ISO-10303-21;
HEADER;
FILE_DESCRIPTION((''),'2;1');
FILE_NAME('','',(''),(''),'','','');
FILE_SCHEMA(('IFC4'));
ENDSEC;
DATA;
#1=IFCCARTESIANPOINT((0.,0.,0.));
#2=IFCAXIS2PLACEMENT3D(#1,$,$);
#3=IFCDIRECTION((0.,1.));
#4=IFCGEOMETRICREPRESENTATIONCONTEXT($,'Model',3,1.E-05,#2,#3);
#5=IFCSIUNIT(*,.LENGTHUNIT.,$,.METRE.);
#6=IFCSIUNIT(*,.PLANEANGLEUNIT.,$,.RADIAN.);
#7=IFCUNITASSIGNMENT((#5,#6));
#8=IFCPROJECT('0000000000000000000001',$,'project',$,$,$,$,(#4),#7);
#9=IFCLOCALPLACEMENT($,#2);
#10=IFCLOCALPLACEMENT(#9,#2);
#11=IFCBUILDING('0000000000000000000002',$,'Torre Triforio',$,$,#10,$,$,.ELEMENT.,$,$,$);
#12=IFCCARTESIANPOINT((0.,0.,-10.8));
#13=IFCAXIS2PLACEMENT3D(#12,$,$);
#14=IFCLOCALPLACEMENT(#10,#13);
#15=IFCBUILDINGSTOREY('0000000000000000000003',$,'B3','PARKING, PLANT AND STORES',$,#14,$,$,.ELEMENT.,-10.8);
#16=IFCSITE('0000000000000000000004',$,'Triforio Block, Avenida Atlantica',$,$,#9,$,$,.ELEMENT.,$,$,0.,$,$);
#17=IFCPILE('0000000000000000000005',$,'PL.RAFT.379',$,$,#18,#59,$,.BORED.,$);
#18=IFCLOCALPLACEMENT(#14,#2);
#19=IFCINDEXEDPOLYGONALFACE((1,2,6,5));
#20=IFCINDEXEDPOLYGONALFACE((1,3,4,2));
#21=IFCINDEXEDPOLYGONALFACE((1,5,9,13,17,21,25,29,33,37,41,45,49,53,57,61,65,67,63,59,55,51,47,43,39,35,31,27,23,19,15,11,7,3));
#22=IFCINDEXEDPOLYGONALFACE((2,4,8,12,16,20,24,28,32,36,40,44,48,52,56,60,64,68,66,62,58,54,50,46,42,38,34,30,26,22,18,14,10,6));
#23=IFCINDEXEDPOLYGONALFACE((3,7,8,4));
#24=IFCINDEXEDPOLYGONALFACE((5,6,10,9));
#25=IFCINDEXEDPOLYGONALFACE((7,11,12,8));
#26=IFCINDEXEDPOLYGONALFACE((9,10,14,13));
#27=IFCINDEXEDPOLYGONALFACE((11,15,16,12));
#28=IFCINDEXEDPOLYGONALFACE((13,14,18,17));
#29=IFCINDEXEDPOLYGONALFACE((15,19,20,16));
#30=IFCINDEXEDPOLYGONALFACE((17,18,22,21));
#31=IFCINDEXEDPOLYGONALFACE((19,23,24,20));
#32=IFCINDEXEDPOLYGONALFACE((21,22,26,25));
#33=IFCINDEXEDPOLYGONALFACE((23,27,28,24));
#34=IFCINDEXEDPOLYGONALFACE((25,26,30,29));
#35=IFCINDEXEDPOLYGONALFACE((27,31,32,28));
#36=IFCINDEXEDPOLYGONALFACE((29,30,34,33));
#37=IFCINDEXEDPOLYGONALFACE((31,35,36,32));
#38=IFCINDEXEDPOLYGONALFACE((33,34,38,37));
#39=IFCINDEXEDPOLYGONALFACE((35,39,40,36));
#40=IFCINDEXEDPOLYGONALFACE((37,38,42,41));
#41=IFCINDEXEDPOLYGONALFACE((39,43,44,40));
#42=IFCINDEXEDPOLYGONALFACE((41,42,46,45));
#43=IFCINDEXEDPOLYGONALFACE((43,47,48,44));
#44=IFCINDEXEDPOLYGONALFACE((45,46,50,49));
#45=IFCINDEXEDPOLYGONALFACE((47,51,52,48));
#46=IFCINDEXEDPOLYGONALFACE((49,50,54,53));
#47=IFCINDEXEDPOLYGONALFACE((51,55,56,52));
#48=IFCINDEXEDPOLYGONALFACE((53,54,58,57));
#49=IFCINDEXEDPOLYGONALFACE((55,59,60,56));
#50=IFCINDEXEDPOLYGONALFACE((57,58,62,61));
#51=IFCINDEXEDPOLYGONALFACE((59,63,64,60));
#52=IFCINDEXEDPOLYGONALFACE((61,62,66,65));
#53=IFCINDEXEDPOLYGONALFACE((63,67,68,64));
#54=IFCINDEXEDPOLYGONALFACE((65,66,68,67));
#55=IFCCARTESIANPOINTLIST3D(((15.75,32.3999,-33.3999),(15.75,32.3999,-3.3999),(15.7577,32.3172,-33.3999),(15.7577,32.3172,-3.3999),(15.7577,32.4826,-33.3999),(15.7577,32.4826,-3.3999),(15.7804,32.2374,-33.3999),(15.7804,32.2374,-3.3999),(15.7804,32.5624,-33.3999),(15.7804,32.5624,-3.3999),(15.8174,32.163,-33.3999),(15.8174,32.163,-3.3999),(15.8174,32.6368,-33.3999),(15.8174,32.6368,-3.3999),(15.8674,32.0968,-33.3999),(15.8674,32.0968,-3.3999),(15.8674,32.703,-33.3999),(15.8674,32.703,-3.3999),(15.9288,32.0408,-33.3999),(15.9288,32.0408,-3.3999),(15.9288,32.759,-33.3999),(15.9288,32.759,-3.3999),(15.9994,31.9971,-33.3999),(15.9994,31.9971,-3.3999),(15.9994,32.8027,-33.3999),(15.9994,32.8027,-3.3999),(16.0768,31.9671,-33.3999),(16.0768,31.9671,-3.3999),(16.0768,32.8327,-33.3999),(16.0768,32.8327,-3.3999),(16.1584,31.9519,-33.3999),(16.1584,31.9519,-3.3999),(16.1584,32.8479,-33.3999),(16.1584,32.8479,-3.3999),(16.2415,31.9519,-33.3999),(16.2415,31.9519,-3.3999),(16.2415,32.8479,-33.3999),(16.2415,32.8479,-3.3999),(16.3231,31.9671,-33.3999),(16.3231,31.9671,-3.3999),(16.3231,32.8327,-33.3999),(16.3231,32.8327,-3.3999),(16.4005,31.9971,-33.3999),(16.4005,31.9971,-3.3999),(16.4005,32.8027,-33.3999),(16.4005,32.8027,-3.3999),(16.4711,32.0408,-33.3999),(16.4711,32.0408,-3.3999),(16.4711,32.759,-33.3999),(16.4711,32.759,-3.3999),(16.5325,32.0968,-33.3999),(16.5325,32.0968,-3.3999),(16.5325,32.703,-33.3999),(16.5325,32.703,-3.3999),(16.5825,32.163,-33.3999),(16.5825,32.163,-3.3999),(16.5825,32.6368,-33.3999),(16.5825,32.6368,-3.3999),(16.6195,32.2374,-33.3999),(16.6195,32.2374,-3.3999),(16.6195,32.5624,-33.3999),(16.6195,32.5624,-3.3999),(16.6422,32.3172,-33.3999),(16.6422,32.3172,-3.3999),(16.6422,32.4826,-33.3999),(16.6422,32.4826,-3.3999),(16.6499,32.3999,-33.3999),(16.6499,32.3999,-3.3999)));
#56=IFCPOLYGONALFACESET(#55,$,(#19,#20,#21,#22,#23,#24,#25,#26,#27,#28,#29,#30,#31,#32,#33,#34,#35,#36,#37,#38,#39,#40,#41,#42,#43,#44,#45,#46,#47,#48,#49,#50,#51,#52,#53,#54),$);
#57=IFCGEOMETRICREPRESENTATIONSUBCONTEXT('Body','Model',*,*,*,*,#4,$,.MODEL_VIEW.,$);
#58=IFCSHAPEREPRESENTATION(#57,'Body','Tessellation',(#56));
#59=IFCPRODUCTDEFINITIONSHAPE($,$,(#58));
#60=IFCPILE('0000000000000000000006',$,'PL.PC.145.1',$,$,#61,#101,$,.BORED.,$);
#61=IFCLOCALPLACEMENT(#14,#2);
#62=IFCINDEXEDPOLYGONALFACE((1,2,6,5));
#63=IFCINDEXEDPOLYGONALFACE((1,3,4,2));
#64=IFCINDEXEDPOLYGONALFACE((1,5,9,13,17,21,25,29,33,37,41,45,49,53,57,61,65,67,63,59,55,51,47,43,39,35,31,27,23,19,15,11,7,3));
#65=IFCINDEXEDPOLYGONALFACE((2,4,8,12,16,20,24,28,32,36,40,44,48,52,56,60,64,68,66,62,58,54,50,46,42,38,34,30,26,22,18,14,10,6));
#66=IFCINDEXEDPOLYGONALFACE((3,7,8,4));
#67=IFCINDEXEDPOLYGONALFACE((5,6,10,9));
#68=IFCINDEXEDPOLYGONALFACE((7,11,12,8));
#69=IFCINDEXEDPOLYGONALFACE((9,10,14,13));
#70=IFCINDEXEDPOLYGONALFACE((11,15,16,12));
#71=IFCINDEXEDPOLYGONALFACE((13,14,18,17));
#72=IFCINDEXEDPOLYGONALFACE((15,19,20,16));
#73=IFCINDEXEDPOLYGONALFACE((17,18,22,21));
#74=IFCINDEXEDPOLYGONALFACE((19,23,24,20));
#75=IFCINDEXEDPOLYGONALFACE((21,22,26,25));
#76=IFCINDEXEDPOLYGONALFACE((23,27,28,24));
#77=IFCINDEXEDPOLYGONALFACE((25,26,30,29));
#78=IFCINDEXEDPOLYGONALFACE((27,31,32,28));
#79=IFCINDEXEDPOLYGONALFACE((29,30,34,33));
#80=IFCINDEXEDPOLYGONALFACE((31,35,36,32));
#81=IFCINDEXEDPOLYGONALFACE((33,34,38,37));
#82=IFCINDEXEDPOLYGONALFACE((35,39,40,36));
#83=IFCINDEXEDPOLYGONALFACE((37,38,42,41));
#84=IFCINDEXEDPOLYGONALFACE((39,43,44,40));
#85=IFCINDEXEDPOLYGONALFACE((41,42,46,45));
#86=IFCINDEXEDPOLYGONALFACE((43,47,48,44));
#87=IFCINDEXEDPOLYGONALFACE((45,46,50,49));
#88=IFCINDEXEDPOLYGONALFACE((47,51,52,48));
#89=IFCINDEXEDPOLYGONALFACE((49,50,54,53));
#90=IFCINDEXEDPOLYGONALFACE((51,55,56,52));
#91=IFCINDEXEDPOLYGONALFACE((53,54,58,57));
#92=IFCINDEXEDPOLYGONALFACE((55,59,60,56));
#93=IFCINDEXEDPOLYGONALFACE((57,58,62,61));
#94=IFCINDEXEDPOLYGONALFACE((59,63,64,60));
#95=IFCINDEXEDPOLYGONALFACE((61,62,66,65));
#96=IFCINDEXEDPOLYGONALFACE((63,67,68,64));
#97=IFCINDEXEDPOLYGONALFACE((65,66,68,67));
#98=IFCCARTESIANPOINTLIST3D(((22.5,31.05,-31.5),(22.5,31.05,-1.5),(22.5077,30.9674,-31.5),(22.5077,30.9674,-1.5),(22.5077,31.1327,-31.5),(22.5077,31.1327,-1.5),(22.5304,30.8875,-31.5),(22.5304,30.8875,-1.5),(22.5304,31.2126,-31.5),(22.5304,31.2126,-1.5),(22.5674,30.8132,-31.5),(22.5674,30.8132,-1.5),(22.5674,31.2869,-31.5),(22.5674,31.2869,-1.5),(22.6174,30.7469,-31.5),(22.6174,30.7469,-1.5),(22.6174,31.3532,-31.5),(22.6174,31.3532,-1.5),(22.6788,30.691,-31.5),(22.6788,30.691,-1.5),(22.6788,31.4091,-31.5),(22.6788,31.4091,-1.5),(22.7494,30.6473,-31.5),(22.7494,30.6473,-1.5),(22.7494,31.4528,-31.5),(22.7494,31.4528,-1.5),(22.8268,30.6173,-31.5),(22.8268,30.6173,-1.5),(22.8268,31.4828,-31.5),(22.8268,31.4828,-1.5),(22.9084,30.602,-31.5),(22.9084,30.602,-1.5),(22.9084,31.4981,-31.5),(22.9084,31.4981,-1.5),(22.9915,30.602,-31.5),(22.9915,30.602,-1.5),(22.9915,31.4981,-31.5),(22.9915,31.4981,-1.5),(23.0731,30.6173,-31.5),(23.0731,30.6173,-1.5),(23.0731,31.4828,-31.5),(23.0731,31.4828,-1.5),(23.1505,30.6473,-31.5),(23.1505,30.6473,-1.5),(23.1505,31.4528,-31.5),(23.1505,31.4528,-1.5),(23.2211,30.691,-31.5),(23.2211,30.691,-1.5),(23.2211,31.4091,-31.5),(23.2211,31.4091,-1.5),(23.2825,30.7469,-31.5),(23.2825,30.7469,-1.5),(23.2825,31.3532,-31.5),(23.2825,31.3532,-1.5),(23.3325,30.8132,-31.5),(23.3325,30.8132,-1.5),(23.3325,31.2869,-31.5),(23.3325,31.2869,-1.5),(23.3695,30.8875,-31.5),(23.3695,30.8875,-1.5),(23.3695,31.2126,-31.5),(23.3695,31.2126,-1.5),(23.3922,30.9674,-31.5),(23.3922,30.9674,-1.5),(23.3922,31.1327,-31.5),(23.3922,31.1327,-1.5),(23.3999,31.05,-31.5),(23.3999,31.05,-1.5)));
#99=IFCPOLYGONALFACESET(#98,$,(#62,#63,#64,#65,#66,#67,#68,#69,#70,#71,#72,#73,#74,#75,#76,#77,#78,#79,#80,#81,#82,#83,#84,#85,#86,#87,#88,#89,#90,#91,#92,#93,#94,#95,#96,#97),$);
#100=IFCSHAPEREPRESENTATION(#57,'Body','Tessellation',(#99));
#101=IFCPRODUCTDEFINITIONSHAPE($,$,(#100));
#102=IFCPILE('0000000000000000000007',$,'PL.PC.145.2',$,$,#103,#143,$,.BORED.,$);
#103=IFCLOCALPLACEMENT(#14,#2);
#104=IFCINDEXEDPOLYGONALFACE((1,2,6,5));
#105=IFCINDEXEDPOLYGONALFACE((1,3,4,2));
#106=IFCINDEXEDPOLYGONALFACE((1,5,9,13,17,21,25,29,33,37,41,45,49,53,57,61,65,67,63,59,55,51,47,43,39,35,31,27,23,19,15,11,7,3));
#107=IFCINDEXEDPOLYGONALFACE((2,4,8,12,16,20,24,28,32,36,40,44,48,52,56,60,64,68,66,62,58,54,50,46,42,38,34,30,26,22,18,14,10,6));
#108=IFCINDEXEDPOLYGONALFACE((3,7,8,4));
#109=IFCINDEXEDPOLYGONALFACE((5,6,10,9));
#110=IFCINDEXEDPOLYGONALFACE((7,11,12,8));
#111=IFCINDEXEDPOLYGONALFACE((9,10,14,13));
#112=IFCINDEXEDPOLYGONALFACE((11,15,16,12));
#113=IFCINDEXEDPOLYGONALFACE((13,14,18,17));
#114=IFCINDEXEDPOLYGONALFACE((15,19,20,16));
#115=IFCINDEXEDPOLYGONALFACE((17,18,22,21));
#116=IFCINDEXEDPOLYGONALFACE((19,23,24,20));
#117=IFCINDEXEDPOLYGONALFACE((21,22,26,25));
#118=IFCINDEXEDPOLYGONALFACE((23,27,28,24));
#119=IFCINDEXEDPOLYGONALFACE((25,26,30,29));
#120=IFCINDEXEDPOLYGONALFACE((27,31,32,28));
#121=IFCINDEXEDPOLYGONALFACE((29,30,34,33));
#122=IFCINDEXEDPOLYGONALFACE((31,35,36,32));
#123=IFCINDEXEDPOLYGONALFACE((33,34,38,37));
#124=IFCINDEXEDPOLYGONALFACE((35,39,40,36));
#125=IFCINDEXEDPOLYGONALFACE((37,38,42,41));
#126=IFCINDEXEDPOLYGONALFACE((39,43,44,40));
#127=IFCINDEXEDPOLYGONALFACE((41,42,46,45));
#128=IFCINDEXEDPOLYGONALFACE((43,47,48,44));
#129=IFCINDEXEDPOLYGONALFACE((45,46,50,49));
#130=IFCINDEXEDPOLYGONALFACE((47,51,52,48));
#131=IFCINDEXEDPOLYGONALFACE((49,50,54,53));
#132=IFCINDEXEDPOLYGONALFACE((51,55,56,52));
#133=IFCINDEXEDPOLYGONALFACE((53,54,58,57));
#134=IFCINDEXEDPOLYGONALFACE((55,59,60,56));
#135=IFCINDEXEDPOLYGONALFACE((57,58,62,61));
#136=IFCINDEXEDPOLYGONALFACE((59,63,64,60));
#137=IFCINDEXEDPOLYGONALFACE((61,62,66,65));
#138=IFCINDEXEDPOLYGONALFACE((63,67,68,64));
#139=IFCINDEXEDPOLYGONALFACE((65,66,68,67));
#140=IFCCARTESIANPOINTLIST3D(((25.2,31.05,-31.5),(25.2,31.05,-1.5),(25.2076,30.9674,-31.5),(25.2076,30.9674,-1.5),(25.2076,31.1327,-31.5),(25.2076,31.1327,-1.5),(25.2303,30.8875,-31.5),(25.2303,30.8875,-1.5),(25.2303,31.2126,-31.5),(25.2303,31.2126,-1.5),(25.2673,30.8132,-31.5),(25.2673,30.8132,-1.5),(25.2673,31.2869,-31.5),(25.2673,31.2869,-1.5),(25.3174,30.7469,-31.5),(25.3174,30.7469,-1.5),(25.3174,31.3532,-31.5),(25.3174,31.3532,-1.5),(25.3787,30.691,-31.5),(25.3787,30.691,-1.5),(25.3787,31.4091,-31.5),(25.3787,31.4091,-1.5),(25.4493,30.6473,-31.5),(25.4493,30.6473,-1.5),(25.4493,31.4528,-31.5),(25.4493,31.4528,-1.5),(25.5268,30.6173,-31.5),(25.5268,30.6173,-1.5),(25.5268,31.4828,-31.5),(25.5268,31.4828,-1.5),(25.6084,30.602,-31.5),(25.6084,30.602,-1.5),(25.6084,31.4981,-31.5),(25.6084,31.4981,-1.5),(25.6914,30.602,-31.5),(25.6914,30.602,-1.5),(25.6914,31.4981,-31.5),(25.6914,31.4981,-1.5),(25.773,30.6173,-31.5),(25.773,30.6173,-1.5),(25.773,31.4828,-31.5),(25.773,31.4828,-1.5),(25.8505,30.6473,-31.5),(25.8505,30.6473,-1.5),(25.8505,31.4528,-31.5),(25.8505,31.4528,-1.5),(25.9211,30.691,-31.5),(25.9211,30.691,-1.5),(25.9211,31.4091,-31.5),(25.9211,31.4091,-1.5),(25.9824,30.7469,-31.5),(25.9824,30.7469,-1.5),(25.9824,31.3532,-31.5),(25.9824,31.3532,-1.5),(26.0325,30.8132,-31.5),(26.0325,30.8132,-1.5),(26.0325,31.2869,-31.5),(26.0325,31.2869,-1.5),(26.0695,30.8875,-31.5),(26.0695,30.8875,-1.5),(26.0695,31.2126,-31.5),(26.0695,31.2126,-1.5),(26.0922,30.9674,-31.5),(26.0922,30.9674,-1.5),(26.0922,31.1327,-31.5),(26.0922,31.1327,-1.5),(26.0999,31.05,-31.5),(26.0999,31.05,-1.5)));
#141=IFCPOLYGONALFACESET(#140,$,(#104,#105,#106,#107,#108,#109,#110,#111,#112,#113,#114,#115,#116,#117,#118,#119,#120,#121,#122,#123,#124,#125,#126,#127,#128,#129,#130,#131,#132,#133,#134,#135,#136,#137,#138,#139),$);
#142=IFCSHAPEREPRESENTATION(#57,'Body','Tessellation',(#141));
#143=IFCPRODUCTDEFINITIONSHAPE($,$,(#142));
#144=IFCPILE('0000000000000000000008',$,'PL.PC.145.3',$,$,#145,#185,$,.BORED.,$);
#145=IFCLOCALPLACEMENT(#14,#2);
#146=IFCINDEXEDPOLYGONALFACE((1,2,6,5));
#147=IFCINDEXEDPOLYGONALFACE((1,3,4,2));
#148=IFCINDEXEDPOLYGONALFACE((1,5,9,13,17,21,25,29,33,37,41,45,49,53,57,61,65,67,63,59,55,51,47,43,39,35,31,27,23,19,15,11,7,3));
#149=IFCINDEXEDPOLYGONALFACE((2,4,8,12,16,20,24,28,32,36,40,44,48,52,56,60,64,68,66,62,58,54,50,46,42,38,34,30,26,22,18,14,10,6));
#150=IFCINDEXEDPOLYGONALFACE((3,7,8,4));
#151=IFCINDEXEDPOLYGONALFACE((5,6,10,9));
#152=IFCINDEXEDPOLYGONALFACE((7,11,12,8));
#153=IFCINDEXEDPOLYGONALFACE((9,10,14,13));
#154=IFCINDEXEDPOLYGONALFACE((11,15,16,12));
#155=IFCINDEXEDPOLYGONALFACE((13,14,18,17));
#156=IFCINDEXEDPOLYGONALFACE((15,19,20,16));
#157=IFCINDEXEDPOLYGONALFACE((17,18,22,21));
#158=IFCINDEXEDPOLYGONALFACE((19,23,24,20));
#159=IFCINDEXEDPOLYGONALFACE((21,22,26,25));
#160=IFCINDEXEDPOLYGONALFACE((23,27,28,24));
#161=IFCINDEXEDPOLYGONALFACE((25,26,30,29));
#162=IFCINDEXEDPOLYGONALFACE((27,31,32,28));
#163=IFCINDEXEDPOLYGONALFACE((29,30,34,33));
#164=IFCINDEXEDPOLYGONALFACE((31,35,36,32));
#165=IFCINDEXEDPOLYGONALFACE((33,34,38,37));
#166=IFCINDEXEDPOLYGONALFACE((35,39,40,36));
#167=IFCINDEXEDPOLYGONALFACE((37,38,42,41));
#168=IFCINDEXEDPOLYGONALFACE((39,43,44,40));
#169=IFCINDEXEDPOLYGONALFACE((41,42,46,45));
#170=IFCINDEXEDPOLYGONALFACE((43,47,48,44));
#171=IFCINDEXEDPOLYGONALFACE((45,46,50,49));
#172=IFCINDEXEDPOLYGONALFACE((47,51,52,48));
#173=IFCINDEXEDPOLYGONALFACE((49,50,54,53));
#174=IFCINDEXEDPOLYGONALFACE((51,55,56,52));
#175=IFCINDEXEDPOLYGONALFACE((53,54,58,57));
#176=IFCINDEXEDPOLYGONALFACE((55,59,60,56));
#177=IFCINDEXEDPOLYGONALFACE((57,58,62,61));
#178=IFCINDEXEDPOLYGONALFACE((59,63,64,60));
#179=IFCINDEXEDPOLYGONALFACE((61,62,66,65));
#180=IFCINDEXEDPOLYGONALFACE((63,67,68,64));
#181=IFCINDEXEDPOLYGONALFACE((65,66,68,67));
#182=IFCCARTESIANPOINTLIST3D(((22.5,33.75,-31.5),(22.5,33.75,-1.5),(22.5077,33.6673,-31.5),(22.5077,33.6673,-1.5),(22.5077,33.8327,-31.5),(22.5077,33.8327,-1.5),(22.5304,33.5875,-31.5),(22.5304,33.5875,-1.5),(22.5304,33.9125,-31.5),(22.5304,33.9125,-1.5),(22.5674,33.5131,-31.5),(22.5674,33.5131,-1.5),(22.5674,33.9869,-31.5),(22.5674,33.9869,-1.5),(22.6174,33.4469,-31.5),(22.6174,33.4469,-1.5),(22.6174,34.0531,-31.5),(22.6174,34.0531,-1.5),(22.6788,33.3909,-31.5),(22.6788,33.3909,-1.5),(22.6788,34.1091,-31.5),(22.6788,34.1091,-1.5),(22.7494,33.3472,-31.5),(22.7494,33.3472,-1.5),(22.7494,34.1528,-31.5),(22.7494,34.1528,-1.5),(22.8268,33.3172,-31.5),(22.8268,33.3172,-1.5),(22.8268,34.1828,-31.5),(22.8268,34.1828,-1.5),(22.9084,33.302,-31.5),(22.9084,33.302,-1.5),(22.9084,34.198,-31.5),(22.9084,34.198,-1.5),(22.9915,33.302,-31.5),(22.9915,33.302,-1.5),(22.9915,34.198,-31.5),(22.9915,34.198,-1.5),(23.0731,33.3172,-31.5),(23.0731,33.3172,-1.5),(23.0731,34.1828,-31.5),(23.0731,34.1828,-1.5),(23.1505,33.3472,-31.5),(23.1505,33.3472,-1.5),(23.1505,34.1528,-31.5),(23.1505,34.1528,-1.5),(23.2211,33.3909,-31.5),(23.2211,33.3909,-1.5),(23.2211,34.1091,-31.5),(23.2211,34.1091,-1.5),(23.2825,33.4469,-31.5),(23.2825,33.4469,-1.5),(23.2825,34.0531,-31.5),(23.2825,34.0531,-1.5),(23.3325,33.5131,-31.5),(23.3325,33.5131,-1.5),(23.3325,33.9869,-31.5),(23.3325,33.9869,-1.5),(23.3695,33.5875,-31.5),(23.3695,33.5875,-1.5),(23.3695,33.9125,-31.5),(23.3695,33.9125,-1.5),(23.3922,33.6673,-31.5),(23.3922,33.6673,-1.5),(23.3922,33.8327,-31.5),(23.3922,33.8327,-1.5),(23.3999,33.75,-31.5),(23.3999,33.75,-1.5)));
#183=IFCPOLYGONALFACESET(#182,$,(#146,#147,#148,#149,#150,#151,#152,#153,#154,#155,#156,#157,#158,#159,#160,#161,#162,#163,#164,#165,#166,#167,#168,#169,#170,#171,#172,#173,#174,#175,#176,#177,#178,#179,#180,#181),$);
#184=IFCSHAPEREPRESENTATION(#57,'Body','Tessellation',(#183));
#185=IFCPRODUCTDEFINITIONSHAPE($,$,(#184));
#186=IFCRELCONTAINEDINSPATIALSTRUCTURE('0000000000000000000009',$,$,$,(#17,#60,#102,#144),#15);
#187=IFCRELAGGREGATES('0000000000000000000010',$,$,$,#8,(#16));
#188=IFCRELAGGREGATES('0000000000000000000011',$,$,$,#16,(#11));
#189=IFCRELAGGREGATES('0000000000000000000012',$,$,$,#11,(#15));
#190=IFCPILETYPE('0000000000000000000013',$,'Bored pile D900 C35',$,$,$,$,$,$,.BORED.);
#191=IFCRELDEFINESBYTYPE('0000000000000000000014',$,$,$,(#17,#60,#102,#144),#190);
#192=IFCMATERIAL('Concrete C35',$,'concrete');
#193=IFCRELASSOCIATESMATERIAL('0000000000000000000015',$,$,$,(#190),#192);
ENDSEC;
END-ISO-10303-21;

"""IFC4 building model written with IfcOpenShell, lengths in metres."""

from ifc_helpers import new_model, si_unit, direction, frame, origin, origin_2d, place, context, subcontext, project, spatial, circle, extrude, material, material_profile, profile_set, type_object, element, save


model = new_model("IFC4")

# Units and contexts
model_context = context("Model", 3, precision=1e-05, world=origin(), true_north=direction((0.0, 1.0)))
body_context = subcontext(model_context, "Body", "Model", "MODEL_VIEW")
ifc_project = project(units=[si_unit("LENGTHUNIT", "METRE"), si_unit("PLANEANGLEUNIT", "RADIAN")], contexts=[model_context])

# Site, building, storey
site_placement = place(None, origin())
site = spatial("IfcSite", under=ifc_project, at=site_placement, Name="Triforio Block, Avenida Atlantica", CompositionType="ELEMENT", RefElevation=0.0)
building_placement = place(site_placement, origin())
building = spatial("IfcBuilding", under=site, at=building_placement, Name="Torre Triforio", CompositionType="ELEMENT")
storey_placement = place(building_placement, frame((0.0, 0.0, -10.8)))
storey = spatial("IfcBuildingStorey", under=building, at=storey_placement, Name="B3", Description="PARKING, PLANT AND STORES", CompositionType="ELEMENT", Elevation=-10.8)

# Piles
ifc_material_1 = material(Name="Concrete C35", Category="concrete")
ifc_material_profile_1 = material_profile(ifc_material_1, circle(Radius=0.45, at=origin_2d()), Name="RC D900")
ifc_profile_set_1 = profile_set([ifc_material_profile_1], Name="Concrete C35")
pile_type = type_object("IfcPileType", Name="Bored pile D900 C35", PredefinedType="BORED", material=ifc_profile_set_1)
for number, where, z_axis, x_axis, name in (
    (1, (16.2, 32.3999, -3.3999), (0.0, 0.0, -1.0), (1.0, 0.0, 0.0), "PL.RAFT.379"),
    (2, (22.95, 31.05, -1.5), (0.0, 0.0, -1.0), (1.0, 0.0, 0.0), "PL.PC.145.1"),
    (3, (25.6499, 31.05, -1.5), (0.0, 0.0, -1.0), (1.0, 0.0, 0.0), "PL.PC.145.2"),
    (4, (22.95, 33.75, -1.5), (0.0, 0.0, -1.0), (1.0, 0.0, 0.0), "PL.PC.145.3"),
):
    element("IfcPile", number, at=place(storey_placement, frame(where, z_axis=z_axis, x_axis=x_axis)), inside=storey, type_object=pile_type, Name=name, PredefinedType="BORED", context=body_context, shape_type="SweptSolid", body=[
        extrude(circle(Radius=0.45, at=origin_2d()), origin(), (0.0, 0.0, 1.0), 30.0),
    ])

save(model, "model.ifc")
